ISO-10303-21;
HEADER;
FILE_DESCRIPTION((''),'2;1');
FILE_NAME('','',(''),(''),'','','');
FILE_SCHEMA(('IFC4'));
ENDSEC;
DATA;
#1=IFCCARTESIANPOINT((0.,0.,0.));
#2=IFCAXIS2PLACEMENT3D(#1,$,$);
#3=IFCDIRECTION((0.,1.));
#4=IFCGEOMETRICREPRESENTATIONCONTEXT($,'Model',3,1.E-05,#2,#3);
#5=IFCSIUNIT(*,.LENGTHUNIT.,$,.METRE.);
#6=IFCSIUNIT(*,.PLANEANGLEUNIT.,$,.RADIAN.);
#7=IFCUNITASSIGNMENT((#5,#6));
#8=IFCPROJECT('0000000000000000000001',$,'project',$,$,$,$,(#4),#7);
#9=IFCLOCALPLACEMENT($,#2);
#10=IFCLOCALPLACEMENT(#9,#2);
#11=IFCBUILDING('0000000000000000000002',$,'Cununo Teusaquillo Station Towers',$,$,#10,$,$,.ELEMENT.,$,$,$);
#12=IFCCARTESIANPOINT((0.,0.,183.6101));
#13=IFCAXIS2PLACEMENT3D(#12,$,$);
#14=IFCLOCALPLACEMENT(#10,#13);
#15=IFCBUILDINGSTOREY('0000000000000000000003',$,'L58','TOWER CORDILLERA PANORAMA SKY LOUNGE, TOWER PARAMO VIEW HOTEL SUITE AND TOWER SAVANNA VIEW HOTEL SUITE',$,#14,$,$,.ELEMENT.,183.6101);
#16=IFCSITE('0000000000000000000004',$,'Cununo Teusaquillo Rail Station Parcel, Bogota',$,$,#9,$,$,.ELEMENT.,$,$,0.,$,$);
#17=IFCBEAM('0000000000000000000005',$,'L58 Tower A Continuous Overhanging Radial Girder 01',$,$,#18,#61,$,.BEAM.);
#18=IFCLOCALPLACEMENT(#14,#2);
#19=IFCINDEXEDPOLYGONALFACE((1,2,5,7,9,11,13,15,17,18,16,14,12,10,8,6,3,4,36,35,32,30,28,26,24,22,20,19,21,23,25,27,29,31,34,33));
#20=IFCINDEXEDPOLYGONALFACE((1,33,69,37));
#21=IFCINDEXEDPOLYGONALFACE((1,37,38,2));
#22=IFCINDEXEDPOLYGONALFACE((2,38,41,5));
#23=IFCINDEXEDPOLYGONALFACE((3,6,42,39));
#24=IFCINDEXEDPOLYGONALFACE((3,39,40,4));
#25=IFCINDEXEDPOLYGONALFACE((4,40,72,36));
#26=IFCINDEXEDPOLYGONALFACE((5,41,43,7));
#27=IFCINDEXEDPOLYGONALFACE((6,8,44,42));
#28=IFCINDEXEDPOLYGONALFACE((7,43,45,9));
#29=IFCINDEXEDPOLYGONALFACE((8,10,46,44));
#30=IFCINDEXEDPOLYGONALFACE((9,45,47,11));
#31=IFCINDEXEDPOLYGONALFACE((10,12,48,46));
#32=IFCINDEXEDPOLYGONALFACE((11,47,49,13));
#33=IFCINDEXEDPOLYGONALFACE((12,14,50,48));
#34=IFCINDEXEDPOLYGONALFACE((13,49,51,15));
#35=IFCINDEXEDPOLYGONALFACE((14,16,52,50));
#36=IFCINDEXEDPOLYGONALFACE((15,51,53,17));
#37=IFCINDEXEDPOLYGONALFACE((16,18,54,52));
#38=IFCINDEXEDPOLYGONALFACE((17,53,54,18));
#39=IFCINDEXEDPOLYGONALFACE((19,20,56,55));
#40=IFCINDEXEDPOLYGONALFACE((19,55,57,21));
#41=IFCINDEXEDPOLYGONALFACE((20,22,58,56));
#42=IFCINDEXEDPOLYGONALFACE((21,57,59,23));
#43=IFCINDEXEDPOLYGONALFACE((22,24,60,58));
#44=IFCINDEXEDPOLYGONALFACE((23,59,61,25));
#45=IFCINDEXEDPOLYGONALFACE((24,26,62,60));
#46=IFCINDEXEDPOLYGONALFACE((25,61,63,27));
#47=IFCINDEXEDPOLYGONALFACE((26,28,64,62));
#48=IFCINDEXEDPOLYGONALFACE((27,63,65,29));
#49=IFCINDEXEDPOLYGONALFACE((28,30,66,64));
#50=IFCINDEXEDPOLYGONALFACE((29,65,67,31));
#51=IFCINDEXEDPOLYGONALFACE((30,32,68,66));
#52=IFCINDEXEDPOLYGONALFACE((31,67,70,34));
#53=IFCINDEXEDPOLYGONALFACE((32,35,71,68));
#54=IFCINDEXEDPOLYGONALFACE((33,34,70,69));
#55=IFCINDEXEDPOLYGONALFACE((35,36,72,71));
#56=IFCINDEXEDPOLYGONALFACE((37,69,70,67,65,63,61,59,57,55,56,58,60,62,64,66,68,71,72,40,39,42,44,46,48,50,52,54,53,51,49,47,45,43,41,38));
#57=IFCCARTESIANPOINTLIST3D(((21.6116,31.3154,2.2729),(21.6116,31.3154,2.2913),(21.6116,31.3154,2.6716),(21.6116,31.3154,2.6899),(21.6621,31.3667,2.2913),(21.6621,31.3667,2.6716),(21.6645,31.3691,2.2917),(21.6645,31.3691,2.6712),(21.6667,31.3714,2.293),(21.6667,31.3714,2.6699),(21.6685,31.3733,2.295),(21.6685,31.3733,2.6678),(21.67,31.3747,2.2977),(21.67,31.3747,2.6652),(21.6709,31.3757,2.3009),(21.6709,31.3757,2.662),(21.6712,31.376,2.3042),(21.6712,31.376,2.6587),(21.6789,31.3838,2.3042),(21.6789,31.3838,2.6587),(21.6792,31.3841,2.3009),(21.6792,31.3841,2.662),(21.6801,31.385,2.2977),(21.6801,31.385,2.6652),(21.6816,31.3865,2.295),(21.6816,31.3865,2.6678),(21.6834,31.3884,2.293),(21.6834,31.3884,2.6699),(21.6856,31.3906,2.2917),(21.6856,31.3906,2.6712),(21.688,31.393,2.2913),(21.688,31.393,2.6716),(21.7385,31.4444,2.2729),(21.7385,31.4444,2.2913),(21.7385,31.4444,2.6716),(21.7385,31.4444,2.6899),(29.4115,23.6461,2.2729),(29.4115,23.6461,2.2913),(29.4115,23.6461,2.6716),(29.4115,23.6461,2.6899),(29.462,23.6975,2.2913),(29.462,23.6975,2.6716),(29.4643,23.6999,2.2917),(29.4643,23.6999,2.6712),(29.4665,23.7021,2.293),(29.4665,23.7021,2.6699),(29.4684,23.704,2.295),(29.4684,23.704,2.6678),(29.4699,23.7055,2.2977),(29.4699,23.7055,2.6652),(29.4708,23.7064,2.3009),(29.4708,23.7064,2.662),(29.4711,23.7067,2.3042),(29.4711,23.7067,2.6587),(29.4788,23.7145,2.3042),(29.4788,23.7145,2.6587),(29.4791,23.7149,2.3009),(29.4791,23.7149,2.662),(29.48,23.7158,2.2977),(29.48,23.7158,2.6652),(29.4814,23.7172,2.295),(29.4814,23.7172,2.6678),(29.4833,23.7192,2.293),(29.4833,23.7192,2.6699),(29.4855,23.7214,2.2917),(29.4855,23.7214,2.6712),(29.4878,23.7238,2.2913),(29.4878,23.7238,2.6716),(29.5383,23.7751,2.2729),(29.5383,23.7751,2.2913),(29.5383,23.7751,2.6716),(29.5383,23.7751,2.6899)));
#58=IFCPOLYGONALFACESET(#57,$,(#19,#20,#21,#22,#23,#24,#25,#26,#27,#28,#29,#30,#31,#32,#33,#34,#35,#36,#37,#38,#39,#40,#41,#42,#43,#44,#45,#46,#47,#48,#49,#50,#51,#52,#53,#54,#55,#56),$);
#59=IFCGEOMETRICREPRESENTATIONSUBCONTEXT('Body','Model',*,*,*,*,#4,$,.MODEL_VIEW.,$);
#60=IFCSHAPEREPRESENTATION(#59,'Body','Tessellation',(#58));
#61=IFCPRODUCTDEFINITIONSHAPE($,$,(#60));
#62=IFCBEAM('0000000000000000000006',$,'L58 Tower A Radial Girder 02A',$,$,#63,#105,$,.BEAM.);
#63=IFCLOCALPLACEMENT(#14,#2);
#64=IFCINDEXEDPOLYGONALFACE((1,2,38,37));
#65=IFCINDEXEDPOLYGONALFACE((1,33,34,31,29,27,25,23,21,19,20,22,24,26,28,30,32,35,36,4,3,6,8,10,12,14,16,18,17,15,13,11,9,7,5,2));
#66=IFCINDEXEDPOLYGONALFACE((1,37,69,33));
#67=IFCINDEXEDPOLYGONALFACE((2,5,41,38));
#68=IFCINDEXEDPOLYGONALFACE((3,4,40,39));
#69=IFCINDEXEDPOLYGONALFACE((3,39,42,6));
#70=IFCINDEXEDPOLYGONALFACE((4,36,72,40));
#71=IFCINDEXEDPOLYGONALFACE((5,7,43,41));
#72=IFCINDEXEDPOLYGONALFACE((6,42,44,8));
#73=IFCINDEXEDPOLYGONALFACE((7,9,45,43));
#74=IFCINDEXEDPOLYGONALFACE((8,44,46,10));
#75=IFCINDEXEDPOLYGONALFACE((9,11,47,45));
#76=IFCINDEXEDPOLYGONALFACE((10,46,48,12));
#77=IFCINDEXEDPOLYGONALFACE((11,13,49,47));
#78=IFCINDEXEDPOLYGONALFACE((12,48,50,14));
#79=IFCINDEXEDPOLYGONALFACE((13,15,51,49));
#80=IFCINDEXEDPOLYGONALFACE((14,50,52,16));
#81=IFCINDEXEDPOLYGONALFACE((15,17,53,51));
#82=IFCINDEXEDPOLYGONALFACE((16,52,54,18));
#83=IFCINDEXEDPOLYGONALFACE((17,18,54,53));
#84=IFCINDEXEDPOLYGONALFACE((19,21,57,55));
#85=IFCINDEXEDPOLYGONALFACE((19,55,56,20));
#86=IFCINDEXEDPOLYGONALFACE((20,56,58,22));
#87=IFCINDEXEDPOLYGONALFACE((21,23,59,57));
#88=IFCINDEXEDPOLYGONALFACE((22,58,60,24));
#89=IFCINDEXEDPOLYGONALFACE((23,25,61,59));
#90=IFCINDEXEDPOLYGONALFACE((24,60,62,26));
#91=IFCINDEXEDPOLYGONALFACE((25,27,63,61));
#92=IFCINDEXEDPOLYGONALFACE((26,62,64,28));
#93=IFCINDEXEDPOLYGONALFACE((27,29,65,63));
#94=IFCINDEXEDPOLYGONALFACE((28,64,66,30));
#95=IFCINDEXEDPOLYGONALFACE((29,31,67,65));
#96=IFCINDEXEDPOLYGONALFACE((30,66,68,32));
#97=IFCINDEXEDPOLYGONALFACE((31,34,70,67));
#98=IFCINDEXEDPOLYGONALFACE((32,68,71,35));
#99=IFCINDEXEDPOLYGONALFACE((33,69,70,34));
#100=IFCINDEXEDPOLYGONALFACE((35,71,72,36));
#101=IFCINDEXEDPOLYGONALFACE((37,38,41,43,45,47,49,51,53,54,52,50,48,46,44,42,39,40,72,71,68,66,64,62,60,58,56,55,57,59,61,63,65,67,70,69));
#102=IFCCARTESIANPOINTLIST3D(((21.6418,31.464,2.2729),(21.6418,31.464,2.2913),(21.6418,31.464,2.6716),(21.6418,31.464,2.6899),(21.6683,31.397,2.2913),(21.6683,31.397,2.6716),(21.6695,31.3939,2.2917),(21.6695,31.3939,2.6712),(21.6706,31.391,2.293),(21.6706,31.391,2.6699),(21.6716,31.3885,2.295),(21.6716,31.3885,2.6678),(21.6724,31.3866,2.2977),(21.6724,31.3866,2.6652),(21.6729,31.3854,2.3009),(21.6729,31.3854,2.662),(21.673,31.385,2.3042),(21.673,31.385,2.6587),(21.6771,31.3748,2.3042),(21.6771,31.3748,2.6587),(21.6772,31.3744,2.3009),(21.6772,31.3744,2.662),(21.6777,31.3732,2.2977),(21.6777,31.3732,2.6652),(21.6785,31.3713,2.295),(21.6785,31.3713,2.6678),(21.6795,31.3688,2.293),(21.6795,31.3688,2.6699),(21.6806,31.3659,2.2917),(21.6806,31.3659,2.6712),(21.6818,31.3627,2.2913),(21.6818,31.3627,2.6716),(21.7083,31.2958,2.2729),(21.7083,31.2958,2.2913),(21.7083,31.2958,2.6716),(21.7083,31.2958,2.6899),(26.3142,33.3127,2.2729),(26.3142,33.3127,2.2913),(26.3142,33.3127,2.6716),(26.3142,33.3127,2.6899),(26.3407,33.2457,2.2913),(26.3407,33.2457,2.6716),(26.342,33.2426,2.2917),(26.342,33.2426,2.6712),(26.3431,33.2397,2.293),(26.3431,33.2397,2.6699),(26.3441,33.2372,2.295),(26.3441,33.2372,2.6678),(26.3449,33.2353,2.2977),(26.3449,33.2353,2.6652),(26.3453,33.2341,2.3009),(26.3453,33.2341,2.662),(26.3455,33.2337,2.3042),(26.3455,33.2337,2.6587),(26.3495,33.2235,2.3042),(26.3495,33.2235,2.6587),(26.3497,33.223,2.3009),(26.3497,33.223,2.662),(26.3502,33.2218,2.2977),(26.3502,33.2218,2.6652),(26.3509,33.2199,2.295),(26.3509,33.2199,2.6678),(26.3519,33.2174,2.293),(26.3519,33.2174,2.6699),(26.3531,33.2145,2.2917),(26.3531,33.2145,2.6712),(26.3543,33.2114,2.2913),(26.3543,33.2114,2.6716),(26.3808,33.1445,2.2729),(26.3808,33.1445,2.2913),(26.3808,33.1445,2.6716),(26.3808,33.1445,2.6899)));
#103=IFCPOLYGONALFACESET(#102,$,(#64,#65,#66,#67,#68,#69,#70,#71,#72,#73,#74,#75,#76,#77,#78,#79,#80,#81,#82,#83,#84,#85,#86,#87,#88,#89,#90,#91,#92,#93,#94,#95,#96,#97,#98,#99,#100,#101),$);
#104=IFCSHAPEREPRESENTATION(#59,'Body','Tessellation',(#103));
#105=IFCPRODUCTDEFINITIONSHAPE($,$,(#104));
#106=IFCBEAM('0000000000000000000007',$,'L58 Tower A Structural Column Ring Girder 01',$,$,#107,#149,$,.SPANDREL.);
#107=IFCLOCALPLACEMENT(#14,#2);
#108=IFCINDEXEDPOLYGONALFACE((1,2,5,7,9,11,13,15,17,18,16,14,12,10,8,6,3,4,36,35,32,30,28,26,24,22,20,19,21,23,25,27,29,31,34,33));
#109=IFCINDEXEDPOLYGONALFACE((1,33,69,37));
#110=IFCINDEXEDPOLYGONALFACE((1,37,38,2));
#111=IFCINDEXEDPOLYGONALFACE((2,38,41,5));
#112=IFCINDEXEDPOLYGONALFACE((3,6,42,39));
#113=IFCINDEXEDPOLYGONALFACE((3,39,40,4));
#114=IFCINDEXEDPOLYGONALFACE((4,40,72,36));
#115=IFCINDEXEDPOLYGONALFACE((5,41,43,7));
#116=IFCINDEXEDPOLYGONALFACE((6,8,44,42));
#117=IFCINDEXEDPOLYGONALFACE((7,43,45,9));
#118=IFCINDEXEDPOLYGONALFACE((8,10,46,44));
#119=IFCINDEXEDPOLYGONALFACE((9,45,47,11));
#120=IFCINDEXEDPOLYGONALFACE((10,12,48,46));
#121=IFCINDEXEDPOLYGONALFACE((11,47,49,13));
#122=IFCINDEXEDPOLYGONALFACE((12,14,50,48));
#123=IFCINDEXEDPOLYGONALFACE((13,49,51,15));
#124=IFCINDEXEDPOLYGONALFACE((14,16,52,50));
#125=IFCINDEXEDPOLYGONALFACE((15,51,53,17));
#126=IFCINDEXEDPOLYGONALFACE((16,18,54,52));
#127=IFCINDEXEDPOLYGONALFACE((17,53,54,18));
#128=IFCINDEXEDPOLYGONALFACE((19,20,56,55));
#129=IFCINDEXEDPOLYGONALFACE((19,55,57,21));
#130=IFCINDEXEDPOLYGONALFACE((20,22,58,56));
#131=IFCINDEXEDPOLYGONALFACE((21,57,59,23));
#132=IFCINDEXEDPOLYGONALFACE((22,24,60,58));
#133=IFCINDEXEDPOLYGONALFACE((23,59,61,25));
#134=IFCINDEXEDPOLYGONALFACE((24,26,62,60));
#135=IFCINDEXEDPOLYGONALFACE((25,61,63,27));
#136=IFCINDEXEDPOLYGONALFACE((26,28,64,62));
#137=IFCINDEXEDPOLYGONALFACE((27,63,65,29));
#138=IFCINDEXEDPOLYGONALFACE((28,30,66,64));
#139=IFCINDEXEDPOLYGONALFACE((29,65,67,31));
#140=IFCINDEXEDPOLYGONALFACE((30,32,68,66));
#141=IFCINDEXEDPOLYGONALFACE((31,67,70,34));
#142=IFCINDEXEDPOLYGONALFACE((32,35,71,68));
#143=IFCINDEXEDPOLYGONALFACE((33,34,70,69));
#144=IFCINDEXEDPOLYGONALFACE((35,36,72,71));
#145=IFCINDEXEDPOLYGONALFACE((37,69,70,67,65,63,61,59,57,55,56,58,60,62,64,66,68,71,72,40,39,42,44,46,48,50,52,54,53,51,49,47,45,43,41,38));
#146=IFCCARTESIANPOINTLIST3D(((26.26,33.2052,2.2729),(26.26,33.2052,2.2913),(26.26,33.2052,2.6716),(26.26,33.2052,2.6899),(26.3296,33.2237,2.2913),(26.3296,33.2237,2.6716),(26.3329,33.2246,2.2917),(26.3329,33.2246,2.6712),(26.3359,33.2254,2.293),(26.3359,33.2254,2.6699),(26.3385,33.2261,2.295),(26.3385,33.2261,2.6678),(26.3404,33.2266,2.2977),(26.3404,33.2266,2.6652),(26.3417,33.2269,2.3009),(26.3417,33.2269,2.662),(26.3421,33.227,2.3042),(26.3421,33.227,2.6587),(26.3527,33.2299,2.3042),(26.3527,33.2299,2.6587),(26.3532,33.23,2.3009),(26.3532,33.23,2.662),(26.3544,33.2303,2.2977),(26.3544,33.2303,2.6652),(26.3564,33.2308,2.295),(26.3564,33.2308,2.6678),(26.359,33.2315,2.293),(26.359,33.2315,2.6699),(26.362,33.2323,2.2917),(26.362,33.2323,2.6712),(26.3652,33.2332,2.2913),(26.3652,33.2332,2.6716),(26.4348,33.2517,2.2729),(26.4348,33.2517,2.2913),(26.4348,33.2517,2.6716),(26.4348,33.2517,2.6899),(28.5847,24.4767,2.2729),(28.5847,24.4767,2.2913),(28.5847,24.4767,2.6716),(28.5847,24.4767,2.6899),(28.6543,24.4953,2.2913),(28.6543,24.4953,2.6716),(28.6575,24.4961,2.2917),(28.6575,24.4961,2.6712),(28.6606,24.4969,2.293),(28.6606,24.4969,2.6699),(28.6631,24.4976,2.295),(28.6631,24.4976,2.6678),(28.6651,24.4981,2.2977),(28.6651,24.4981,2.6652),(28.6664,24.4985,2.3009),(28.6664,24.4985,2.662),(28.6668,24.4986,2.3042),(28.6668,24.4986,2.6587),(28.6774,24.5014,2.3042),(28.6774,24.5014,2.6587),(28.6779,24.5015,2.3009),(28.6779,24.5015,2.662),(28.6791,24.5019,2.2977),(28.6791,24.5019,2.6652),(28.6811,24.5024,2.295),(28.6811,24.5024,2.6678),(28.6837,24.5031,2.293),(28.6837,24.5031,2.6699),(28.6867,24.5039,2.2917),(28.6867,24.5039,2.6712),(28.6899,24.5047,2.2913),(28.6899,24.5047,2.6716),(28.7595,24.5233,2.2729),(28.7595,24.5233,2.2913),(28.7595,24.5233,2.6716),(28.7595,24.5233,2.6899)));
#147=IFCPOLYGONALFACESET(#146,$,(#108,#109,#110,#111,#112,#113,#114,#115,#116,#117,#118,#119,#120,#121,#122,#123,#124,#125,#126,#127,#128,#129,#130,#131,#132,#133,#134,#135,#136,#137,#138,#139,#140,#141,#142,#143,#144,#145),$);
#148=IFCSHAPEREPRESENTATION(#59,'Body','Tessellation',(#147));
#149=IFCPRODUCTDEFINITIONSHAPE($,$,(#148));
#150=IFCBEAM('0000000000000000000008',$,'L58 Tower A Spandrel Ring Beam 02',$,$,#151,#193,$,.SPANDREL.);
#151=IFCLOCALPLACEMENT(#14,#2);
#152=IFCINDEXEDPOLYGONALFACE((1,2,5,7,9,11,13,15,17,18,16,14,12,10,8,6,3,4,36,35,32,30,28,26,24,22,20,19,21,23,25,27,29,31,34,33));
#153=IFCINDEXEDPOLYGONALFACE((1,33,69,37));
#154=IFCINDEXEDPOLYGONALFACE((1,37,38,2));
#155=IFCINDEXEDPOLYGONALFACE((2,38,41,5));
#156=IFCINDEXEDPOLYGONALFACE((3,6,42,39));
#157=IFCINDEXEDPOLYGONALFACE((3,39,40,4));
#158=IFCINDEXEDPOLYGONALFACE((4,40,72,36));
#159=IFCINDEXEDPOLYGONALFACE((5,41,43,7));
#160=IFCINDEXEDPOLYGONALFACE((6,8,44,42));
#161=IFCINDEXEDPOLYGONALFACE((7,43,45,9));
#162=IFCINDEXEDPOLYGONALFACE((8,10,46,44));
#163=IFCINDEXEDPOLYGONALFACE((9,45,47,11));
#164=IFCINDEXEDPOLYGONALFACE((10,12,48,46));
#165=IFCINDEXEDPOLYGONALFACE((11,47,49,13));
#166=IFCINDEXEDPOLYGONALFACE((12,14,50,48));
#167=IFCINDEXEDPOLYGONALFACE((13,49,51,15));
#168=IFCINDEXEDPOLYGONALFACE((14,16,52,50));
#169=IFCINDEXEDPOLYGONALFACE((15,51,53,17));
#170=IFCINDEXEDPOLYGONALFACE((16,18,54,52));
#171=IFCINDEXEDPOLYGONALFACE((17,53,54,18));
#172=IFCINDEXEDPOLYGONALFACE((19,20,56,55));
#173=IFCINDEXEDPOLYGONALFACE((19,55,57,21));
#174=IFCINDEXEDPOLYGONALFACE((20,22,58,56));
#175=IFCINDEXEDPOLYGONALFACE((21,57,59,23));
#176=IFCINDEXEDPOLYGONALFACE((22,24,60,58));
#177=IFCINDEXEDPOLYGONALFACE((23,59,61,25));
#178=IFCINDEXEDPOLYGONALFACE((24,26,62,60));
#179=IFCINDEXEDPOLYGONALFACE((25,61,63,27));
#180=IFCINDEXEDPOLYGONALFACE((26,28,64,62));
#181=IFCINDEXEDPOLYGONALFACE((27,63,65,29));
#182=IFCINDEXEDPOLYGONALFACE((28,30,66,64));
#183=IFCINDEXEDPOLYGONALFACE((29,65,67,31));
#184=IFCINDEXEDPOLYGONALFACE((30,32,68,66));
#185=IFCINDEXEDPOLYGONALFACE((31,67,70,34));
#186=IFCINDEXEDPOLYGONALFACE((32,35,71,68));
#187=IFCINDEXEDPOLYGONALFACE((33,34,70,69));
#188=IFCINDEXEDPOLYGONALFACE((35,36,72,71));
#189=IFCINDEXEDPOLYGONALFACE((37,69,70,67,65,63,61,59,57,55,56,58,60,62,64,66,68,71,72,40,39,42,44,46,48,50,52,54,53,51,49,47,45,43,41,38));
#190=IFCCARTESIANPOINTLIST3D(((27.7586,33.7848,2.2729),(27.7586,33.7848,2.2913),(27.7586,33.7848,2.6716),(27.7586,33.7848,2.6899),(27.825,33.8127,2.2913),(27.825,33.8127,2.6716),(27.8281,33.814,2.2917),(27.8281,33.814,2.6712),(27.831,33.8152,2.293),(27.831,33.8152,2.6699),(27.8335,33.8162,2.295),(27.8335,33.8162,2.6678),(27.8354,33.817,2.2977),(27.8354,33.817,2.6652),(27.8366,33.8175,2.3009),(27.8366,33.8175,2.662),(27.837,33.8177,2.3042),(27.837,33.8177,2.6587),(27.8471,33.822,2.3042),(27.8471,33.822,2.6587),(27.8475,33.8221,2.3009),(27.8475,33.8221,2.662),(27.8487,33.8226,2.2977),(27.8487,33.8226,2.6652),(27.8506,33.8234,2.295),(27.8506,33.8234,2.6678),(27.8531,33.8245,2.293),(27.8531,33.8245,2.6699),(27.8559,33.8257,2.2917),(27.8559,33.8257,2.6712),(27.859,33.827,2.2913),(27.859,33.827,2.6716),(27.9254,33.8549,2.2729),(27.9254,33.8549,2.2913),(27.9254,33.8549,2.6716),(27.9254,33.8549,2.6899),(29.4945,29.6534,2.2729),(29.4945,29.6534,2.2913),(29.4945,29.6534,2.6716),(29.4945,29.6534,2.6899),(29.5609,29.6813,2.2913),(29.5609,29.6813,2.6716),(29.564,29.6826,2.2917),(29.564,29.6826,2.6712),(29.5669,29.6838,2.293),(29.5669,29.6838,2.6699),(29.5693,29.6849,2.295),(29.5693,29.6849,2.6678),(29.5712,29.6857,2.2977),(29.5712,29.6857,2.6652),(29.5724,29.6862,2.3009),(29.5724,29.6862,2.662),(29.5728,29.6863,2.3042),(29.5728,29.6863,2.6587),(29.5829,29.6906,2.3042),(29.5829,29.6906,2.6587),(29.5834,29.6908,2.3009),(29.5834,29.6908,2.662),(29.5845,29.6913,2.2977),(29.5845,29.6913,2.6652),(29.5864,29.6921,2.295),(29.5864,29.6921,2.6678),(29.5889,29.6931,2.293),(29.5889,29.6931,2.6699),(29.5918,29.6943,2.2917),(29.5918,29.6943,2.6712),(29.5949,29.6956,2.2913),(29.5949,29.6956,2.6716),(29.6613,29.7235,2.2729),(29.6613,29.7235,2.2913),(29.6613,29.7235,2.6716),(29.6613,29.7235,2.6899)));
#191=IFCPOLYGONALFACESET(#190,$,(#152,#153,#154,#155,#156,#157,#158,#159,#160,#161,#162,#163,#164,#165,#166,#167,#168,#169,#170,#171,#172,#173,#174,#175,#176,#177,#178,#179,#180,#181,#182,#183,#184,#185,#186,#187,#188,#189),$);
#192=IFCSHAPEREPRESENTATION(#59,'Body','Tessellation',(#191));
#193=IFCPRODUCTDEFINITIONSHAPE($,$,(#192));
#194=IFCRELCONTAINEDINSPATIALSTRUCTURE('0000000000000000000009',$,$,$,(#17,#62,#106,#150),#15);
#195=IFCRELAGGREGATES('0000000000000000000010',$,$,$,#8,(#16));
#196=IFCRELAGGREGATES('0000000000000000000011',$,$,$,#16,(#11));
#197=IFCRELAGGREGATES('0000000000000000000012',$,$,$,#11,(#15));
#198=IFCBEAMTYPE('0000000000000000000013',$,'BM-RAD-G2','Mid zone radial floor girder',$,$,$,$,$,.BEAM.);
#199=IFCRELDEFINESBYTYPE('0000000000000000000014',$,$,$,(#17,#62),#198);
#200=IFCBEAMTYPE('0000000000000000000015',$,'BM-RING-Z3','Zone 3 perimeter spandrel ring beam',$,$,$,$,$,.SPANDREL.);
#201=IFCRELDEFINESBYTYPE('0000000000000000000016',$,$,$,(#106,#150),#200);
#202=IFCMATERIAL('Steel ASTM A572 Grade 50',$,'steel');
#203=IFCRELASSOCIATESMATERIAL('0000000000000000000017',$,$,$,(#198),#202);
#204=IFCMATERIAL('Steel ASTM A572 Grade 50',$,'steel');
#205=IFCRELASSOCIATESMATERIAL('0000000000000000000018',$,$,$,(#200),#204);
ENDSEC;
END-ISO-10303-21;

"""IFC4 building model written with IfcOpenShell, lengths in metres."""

from ifc_helpers import new_model, si_unit, direction, frame, origin, origin_2d, place, context, subcontext, project, spatial, i_section, extrude, material, material_profile, profile_set, type_object, element, save


model = new_model("IFC4")

# Units and contexts
model_context = context("Model", 3, precision=1e-05, world=origin(), true_north=direction((0.0, 1.0)))
body_context = subcontext(model_context, "Body", "Model", "MODEL_VIEW")
ifc_project = project(units=[si_unit("LENGTHUNIT", "METRE"), si_unit("PLANEANGLEUNIT", "RADIAN")], contexts=[model_context])

# Site, building, storey
site_placement = place(None, origin())
site = spatial("IfcSite", under=ifc_project, at=site_placement, Name="Cununo Teusaquillo Rail Station Parcel, Bogota", CompositionType="ELEMENT", RefElevation=0.0)
building_placement = place(site_placement, origin())
building = spatial("IfcBuilding", under=site, at=building_placement, Name="Cununo Teusaquillo Station Towers", CompositionType="ELEMENT")
storey_placement = place(building_placement, frame((0.0, 0.0, 183.6101)))
storey = spatial("IfcBuildingStorey", under=building, at=storey_placement, Name="L58", Description="TOWER CORDILLERA PANORAMA SKY LOUNGE, TOWER PARAMO VIEW HOTEL SUITE AND TOWER SAVANNA VIEW HOTEL SUITE", CompositionType="ELEMENT", Elevation=183.6101)

# Beams
ifc_material_1 = material(Name="Steel ASTM A572 Grade 50", Category="steel")
ifc_material_profile_1 = material_profile(ifc_material_1, i_section(OverallWidth=0.1809, OverallDepth=0.417, WebThickness=0.011, FlangeThickness=0.0183, FilletRadius=0.0129, at=origin_2d()), Name="W16X57")
ifc_profile_set_1 = profile_set([ifc_material_profile_1], Name="Steel ASTM A572 Grade 50")
beam_type_1 = type_object("IfcBeamType", Name="BM-RAD-G2", Description="Mid zone radial floor girder", PredefinedType="BEAM", material=ifc_profile_set_1)
beam_1_placement = place(storey_placement, frame((21.675, 31.3799, 2.4814), z_axis=(0.713052, -0.701111, 0.0), x_axis=(0.701111, 0.713052, 0.0)))
element("IfcBeam", 1, at=beam_1_placement, inside=storey, type_object=beam_type_1, Name="L58 Tower A Continuous Overhanging Radial Girder 01", PredefinedType="BEAM", context=body_context, shape_type="SweptSolid", body=[
    extrude(i_section(OverallWidth=0.1809, OverallDepth=0.417, WebThickness=0.011, FlangeThickness=0.0183, FilletRadius=0.0129, at=origin_2d()), origin(), (0.0, 0.0, 1.0), 10.9387),
])
beam_2_placement = place(storey_placement, frame((21.675, 31.3799, 2.4814), z_axis=(0.929864, 0.367903, 0.0), x_axis=(-0.367903, 0.929864, 0.0)))
element("IfcBeam", 2, at=beam_2_placement, inside=storey, type_object=beam_type_1, Name="L58 Tower A Radial Girder 02A", PredefinedType="BEAM", context=body_context, shape_type="SweptSolid", body=[
    extrude(i_section(OverallWidth=0.1809, OverallDepth=0.417, WebThickness=0.011, FlangeThickness=0.0183, FilletRadius=0.0129, at=origin_2d()), origin(), (0.0, 0.0, 1.0), 5.0249),
])
ifc_material_2 = material(Name="Steel ASTM A572 Grade 50", Category="steel")
ifc_material_profile_2 = material_profile(ifc_material_2, i_section(OverallWidth=0.1809, OverallDepth=0.417, WebThickness=0.011, FlangeThickness=0.0183, FilletRadius=0.0129, at=origin_2d()), Name="W16X57")
ifc_profile_set_2 = profile_set([ifc_material_profile_2], Name="Steel ASTM A572 Grade 50")
beam_type_2 = type_object("IfcBeamType", Name="BM-RING-Z3", Description="Zone 3 perimeter spandrel ring beam", PredefinedType="SPANDREL", material=ifc_profile_set_2)
beam_3_placement = place(storey_placement, frame((28.6721, 24.5, 2.4814), z_axis=(-0.257363, 0.966315, 0.0), x_axis=(-0.966315, -0.257363, 0.0)))
element("IfcBeam", 3, at=beam_3_placement, inside=storey, type_object=beam_type_2, Name="L58 Tower A Structural Column Ring Girder 01", PredefinedType="SPANDREL", context=body_context, shape_type="SweptSolid", body=[
    extrude(i_section(OverallWidth=0.1809, OverallDepth=0.417, WebThickness=0.011, FlangeThickness=0.0183, FilletRadius=0.0129, at=origin_2d()), origin(), (0.0, 0.0, 1.0), 9.0327),
])
beam_4_placement = place(storey_placement, frame((29.5779, 29.6885, 2.4814), z_axis=(-0.38736, 0.921928, 0.0), x_axis=(-0.921928, -0.38736, 0.0)))
element("IfcBeam", 4, at=beam_4_placement, inside=storey, type_object=beam_type_2, Name="L58 Tower A Spandrel Ring Beam 02", PredefinedType="SPANDREL", context=body_context, shape_type="SweptSolid", body=[
    extrude(i_section(OverallWidth=0.1809, OverallDepth=0.417, WebThickness=0.011, FlangeThickness=0.0183, FilletRadius=0.0129, at=origin_2d()), origin(), (0.0, 0.0, 1.0), 4.4812),
])

save(model, "model.ifc")
